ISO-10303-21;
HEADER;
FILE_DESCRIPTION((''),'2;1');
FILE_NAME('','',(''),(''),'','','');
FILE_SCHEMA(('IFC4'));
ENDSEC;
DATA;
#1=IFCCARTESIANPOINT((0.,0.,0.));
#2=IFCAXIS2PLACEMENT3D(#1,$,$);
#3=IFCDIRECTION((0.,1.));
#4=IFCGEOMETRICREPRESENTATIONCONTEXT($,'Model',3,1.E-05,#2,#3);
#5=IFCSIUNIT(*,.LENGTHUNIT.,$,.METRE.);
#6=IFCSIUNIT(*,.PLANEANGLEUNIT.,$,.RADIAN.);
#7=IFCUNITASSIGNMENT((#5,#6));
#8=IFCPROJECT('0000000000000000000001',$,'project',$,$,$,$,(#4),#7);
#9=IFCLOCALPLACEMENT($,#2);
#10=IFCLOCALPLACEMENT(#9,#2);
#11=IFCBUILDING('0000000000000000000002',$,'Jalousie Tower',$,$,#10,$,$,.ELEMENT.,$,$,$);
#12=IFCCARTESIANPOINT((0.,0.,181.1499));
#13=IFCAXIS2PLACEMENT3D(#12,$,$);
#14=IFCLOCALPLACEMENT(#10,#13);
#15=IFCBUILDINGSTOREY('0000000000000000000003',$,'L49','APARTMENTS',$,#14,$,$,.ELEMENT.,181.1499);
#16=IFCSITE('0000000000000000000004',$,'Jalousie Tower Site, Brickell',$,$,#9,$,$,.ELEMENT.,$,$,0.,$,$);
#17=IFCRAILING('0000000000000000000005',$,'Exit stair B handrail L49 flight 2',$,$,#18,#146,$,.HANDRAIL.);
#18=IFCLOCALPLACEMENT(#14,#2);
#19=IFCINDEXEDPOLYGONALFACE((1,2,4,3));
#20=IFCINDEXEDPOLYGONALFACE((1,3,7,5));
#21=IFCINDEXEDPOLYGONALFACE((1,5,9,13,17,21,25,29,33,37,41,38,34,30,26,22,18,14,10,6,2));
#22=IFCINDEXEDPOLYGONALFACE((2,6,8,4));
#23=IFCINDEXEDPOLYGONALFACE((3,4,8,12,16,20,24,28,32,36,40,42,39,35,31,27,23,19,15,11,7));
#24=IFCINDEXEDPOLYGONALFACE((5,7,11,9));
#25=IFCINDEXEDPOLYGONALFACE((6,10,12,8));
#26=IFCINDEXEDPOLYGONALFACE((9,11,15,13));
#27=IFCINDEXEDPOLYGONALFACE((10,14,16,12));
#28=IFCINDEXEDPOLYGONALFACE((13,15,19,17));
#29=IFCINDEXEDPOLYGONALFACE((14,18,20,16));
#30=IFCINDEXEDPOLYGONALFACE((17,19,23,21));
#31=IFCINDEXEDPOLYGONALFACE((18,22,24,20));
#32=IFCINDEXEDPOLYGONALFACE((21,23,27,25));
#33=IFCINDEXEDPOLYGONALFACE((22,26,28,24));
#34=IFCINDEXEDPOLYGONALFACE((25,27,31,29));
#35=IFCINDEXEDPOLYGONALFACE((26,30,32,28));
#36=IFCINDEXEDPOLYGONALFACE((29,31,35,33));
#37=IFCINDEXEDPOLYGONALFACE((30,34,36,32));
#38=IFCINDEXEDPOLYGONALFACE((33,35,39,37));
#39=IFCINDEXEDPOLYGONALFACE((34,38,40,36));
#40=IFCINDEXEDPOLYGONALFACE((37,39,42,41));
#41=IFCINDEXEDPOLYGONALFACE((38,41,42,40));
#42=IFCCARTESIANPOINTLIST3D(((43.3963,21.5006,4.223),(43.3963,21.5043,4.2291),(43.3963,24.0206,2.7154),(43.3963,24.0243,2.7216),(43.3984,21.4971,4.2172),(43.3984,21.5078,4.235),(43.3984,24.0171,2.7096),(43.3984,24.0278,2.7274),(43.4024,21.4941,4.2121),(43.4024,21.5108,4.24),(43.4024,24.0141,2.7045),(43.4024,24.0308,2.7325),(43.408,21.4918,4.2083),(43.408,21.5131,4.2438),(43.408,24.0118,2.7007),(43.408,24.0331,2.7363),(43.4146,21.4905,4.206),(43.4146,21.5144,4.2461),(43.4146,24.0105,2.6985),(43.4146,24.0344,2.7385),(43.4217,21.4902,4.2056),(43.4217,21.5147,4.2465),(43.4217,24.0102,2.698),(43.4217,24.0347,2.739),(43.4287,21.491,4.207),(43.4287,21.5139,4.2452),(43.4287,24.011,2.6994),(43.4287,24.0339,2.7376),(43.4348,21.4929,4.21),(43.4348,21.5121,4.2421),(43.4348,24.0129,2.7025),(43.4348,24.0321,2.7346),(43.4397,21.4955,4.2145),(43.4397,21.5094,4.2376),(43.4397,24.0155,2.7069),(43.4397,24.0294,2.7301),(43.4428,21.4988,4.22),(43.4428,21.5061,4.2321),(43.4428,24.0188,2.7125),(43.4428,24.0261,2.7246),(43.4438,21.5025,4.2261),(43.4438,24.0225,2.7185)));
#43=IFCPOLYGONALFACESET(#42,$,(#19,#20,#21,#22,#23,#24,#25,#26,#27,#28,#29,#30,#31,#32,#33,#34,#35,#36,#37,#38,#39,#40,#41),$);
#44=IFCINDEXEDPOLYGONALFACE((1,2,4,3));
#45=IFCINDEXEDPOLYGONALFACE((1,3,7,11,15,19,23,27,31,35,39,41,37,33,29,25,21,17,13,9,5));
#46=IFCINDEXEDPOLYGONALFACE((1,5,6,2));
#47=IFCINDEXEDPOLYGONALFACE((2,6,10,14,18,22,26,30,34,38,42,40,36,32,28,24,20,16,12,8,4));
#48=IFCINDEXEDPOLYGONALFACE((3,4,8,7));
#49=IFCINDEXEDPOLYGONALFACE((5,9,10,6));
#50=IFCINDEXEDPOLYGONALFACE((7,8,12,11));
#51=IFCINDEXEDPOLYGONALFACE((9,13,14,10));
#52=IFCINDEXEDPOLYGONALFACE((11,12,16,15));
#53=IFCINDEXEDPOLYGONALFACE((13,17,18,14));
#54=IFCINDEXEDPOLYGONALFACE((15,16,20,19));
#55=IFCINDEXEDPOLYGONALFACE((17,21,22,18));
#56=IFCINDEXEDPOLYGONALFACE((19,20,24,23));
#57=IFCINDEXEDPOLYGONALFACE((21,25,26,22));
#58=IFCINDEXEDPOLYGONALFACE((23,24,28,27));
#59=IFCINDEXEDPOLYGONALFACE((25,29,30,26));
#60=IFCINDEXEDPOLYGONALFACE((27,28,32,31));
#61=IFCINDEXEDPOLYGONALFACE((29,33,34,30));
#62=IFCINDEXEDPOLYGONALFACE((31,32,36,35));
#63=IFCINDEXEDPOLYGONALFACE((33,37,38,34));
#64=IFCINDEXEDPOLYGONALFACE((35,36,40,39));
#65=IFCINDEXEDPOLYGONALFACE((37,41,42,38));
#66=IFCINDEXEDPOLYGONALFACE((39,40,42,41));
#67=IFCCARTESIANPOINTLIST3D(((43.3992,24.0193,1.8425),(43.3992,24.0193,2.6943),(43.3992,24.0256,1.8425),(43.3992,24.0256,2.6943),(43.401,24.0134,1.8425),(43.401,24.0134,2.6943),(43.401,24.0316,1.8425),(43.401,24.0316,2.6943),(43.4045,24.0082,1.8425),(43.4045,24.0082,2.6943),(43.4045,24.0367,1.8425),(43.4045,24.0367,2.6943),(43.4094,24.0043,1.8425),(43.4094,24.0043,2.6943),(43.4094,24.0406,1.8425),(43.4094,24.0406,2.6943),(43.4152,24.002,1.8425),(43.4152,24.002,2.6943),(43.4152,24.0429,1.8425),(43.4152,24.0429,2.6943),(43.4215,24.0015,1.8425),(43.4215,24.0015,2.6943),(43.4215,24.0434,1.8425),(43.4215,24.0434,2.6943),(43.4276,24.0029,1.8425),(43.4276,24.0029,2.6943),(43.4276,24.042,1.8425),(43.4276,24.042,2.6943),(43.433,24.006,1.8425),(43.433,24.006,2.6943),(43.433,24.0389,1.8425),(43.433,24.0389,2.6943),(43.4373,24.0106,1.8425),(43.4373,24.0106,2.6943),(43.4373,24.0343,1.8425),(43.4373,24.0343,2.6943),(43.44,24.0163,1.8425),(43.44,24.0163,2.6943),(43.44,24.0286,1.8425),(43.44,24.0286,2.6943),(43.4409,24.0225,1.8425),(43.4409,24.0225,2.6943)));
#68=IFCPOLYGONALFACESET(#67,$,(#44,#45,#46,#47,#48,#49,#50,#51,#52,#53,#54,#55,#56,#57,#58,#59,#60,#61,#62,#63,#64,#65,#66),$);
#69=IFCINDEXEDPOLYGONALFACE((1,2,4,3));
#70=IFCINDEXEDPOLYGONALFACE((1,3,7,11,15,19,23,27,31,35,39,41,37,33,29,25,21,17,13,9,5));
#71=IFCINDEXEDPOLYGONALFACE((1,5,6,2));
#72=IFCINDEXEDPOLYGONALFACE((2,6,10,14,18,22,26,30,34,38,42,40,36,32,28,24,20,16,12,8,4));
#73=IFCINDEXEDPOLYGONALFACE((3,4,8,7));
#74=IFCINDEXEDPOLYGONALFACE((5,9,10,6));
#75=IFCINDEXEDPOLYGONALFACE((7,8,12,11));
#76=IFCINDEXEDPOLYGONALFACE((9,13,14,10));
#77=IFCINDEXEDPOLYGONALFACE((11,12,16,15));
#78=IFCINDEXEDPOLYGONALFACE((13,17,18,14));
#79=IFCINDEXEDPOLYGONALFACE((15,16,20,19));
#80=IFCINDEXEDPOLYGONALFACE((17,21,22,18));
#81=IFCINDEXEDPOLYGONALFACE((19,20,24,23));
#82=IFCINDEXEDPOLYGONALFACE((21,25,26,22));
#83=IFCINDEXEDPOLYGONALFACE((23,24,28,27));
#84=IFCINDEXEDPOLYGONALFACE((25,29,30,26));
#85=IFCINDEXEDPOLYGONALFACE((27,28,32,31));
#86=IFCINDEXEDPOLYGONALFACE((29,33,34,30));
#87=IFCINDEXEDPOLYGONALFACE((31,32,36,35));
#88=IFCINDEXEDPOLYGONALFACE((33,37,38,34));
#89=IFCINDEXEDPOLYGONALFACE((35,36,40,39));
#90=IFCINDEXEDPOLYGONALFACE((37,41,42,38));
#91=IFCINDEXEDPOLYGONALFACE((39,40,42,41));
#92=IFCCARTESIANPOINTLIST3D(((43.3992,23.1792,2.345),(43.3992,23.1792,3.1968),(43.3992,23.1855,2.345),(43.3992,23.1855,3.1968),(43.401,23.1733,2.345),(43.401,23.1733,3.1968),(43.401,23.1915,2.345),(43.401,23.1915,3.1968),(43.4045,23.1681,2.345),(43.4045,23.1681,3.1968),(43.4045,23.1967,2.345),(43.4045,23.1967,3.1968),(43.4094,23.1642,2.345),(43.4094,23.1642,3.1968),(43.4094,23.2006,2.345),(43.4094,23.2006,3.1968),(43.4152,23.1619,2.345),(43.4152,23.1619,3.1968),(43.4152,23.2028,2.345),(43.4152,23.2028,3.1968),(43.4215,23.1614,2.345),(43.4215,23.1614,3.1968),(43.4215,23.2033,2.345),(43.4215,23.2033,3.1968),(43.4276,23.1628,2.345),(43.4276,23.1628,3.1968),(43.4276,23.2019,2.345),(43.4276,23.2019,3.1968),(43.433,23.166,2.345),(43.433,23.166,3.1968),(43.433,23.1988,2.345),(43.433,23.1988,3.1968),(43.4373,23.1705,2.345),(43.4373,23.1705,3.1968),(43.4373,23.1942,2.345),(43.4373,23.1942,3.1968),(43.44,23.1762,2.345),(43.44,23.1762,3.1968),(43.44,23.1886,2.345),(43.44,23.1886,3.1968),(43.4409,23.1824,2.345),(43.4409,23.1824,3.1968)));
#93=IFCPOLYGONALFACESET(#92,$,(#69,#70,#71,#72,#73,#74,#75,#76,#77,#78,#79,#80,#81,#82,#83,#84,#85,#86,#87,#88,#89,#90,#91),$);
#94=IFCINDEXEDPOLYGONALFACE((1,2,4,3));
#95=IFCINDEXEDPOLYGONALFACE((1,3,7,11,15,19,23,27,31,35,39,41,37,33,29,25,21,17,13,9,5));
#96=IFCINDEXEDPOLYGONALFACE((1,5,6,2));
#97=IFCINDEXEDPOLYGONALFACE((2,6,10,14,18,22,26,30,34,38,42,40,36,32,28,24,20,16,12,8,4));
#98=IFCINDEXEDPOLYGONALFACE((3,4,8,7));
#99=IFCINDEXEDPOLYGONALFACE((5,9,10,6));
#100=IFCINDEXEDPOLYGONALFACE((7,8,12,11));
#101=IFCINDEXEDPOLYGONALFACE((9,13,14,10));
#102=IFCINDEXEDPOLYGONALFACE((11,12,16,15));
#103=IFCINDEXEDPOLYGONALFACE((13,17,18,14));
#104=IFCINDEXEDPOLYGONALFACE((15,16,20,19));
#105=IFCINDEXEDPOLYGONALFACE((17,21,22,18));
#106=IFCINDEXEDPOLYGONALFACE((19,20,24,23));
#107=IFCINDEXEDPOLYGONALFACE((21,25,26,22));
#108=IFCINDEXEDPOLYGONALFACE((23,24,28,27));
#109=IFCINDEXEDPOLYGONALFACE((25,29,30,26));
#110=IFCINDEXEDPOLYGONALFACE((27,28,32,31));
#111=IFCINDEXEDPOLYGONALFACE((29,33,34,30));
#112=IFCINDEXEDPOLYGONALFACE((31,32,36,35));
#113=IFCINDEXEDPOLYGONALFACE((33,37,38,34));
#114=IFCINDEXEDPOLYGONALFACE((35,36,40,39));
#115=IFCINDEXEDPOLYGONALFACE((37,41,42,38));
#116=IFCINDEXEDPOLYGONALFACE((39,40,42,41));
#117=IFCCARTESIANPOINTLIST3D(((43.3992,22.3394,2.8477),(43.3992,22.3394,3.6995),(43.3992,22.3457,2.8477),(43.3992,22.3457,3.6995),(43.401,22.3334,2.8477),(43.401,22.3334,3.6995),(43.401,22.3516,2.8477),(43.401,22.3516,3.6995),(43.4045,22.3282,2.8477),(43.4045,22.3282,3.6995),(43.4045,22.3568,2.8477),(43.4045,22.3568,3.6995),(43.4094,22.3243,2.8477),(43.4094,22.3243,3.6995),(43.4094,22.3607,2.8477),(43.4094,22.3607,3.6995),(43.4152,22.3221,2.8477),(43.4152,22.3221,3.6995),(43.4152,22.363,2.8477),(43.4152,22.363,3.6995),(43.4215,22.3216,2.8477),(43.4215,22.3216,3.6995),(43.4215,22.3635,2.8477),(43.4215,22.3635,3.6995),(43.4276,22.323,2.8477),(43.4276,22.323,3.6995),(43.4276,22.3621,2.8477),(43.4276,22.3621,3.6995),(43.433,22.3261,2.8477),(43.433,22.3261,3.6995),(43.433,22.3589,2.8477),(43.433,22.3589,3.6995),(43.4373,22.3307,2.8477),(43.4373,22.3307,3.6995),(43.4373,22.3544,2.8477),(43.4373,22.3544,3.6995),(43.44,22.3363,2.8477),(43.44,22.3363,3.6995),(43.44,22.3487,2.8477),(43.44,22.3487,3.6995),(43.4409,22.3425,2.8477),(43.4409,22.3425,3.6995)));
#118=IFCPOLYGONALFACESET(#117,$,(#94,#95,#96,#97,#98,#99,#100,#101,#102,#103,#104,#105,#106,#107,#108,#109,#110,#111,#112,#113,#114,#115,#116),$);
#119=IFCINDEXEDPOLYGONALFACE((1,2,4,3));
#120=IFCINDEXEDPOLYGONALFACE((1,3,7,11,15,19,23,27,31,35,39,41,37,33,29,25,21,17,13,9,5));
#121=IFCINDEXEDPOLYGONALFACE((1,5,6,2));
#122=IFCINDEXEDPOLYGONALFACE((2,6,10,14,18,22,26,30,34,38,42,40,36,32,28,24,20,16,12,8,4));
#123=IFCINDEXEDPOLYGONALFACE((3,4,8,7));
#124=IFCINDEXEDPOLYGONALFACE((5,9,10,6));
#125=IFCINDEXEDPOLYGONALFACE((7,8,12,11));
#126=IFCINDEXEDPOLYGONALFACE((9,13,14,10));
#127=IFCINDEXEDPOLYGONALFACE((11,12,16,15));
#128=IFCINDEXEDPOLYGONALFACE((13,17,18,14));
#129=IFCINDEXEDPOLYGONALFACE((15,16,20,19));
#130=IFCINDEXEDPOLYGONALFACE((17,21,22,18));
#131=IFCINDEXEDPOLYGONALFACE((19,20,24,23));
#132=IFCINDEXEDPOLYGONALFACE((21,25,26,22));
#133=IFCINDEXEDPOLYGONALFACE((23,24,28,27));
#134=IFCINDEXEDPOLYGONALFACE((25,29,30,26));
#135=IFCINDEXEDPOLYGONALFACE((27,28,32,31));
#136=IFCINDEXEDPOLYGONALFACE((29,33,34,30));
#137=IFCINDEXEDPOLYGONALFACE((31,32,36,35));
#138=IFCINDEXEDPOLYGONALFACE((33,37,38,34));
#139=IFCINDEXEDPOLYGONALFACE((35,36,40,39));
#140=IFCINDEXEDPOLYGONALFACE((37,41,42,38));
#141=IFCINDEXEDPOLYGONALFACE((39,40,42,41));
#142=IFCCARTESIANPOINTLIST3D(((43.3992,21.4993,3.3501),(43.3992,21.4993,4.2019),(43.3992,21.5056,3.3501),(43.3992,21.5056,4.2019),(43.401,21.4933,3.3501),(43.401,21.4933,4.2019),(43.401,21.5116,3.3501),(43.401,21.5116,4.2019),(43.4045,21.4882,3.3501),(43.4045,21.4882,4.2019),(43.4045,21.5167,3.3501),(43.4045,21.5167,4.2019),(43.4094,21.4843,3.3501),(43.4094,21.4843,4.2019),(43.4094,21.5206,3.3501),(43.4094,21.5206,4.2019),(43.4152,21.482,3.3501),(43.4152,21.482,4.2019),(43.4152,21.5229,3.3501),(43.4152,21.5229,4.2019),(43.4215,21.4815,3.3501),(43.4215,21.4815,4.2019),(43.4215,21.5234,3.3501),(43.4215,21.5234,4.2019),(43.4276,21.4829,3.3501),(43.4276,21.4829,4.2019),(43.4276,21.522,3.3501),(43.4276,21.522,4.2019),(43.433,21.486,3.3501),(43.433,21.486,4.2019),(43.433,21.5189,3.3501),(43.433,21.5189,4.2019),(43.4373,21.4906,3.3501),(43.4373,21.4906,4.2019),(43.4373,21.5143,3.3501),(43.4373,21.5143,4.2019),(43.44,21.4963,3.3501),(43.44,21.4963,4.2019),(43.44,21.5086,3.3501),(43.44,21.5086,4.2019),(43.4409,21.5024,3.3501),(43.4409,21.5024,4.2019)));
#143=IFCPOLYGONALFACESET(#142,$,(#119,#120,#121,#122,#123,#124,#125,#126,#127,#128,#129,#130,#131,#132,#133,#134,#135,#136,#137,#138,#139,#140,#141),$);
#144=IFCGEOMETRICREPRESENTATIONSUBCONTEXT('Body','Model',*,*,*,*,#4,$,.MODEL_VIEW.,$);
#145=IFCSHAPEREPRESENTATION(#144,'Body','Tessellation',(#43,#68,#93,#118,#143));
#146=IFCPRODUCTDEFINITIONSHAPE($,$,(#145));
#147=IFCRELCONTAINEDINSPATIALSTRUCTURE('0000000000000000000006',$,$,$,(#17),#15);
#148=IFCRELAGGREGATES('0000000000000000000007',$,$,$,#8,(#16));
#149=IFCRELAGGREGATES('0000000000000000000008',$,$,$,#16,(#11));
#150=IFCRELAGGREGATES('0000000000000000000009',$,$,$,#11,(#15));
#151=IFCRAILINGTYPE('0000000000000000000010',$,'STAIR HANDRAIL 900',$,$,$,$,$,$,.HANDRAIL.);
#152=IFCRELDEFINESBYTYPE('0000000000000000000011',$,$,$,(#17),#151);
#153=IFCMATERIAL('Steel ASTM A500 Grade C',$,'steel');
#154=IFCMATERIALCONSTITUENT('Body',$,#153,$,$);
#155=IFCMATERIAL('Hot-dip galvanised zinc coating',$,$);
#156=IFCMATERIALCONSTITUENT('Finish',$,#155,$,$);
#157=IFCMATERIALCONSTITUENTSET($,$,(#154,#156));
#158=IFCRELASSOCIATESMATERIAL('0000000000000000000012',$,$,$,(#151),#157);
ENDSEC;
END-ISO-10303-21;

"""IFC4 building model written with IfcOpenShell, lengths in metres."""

from ifc_helpers import new_model, si_unit, direction, frame, origin, origin_2d, place, context, subcontext, project, spatial, circle, extrude, material, constituent, constituent_set, type_object, element, save


model = new_model("IFC4")

# Units and contexts
model_context = context("Model", 3, precision=1e-05, world=origin(), true_north=direction((0.0, 1.0)))
body_context = subcontext(model_context, "Body", "Model", "MODEL_VIEW")
ifc_project = project(units=[si_unit("LENGTHUNIT", "METRE"), si_unit("PLANEANGLEUNIT", "RADIAN")], contexts=[model_context])

# Site, building, storey
site_placement = place(None, origin())
site = spatial("IfcSite", under=ifc_project, at=site_placement, Name="Jalousie Tower Site, Brickell", CompositionType="ELEMENT", RefElevation=0.0)
building_placement = place(site_placement, origin())
building = spatial("IfcBuilding", under=site, at=building_placement, Name="Jalousie Tower", CompositionType="ELEMENT")
storey_placement = place(building_placement, frame((0.0, 0.0, 181.1499)))
storey = spatial("IfcBuildingStorey", under=building, at=storey_placement, Name="L49", Description="APARTMENTS", CompositionType="ELEMENT", Elevation=181.1499)

# Railing
ifc_material_1 = material(Name="Steel ASTM A500 Grade C", Category="steel")
ifc_constituent_1 = constituent(ifc_material_1, Name="Body")
ifc_material_2 = material(Name="Hot-dip galvanised zinc coating")
ifc_constituent_2 = constituent(ifc_material_2, Name="Finish")
ifc_constituent_set_1 = constituent_set(constituents=[ifc_constituent_1, ifc_constituent_2])
railing_type_1 = type_object("IfcRailingType", Name="STAIR HANDRAIL 900", PredefinedType="HANDRAIL", material=ifc_constituent_set_1)
railing_1_placement = place(storey_placement, frame((43.4199, 24.0225, 1.8425)))
element("IfcRailing", 1, at=railing_1_placement, inside=storey, type_object=railing_type_1, Name="Exit stair B handrail L49 flight 2", PredefinedType="HANDRAIL", context=body_context, shape_type="SweptSolid", body=[
    extrude(circle(Radius=0.0239, at=origin_2d()), frame((0.0, 0.0, 0.876), z_axis=(0.0, -0.85816, 0.513383), x_axis=(1.0, 0.0, 0.0)), (0.0, 0.0, 1.0), 2.9365),
    extrude(circle(Radius=0.021, at=origin_2d()), origin(), (0.0, 0.0, 1.0), 0.8518),
    extrude(circle(Radius=0.021, at=origin_2d()), frame((0.0, -0.8401, 0.5024)), (0.0, 0.0, 1.0), 0.8518),
    extrude(circle(Radius=0.021, at=origin_2d()), frame((0.0, -1.6799, 1.0051)), (0.0, 0.0, 1.0), 0.8518),
    extrude(circle(Radius=0.021, at=origin_2d()), frame((0.0, -2.52, 1.5076)), (0.0, 0.0, 1.0), 0.8518),
])

save(model, "model.ifc")
